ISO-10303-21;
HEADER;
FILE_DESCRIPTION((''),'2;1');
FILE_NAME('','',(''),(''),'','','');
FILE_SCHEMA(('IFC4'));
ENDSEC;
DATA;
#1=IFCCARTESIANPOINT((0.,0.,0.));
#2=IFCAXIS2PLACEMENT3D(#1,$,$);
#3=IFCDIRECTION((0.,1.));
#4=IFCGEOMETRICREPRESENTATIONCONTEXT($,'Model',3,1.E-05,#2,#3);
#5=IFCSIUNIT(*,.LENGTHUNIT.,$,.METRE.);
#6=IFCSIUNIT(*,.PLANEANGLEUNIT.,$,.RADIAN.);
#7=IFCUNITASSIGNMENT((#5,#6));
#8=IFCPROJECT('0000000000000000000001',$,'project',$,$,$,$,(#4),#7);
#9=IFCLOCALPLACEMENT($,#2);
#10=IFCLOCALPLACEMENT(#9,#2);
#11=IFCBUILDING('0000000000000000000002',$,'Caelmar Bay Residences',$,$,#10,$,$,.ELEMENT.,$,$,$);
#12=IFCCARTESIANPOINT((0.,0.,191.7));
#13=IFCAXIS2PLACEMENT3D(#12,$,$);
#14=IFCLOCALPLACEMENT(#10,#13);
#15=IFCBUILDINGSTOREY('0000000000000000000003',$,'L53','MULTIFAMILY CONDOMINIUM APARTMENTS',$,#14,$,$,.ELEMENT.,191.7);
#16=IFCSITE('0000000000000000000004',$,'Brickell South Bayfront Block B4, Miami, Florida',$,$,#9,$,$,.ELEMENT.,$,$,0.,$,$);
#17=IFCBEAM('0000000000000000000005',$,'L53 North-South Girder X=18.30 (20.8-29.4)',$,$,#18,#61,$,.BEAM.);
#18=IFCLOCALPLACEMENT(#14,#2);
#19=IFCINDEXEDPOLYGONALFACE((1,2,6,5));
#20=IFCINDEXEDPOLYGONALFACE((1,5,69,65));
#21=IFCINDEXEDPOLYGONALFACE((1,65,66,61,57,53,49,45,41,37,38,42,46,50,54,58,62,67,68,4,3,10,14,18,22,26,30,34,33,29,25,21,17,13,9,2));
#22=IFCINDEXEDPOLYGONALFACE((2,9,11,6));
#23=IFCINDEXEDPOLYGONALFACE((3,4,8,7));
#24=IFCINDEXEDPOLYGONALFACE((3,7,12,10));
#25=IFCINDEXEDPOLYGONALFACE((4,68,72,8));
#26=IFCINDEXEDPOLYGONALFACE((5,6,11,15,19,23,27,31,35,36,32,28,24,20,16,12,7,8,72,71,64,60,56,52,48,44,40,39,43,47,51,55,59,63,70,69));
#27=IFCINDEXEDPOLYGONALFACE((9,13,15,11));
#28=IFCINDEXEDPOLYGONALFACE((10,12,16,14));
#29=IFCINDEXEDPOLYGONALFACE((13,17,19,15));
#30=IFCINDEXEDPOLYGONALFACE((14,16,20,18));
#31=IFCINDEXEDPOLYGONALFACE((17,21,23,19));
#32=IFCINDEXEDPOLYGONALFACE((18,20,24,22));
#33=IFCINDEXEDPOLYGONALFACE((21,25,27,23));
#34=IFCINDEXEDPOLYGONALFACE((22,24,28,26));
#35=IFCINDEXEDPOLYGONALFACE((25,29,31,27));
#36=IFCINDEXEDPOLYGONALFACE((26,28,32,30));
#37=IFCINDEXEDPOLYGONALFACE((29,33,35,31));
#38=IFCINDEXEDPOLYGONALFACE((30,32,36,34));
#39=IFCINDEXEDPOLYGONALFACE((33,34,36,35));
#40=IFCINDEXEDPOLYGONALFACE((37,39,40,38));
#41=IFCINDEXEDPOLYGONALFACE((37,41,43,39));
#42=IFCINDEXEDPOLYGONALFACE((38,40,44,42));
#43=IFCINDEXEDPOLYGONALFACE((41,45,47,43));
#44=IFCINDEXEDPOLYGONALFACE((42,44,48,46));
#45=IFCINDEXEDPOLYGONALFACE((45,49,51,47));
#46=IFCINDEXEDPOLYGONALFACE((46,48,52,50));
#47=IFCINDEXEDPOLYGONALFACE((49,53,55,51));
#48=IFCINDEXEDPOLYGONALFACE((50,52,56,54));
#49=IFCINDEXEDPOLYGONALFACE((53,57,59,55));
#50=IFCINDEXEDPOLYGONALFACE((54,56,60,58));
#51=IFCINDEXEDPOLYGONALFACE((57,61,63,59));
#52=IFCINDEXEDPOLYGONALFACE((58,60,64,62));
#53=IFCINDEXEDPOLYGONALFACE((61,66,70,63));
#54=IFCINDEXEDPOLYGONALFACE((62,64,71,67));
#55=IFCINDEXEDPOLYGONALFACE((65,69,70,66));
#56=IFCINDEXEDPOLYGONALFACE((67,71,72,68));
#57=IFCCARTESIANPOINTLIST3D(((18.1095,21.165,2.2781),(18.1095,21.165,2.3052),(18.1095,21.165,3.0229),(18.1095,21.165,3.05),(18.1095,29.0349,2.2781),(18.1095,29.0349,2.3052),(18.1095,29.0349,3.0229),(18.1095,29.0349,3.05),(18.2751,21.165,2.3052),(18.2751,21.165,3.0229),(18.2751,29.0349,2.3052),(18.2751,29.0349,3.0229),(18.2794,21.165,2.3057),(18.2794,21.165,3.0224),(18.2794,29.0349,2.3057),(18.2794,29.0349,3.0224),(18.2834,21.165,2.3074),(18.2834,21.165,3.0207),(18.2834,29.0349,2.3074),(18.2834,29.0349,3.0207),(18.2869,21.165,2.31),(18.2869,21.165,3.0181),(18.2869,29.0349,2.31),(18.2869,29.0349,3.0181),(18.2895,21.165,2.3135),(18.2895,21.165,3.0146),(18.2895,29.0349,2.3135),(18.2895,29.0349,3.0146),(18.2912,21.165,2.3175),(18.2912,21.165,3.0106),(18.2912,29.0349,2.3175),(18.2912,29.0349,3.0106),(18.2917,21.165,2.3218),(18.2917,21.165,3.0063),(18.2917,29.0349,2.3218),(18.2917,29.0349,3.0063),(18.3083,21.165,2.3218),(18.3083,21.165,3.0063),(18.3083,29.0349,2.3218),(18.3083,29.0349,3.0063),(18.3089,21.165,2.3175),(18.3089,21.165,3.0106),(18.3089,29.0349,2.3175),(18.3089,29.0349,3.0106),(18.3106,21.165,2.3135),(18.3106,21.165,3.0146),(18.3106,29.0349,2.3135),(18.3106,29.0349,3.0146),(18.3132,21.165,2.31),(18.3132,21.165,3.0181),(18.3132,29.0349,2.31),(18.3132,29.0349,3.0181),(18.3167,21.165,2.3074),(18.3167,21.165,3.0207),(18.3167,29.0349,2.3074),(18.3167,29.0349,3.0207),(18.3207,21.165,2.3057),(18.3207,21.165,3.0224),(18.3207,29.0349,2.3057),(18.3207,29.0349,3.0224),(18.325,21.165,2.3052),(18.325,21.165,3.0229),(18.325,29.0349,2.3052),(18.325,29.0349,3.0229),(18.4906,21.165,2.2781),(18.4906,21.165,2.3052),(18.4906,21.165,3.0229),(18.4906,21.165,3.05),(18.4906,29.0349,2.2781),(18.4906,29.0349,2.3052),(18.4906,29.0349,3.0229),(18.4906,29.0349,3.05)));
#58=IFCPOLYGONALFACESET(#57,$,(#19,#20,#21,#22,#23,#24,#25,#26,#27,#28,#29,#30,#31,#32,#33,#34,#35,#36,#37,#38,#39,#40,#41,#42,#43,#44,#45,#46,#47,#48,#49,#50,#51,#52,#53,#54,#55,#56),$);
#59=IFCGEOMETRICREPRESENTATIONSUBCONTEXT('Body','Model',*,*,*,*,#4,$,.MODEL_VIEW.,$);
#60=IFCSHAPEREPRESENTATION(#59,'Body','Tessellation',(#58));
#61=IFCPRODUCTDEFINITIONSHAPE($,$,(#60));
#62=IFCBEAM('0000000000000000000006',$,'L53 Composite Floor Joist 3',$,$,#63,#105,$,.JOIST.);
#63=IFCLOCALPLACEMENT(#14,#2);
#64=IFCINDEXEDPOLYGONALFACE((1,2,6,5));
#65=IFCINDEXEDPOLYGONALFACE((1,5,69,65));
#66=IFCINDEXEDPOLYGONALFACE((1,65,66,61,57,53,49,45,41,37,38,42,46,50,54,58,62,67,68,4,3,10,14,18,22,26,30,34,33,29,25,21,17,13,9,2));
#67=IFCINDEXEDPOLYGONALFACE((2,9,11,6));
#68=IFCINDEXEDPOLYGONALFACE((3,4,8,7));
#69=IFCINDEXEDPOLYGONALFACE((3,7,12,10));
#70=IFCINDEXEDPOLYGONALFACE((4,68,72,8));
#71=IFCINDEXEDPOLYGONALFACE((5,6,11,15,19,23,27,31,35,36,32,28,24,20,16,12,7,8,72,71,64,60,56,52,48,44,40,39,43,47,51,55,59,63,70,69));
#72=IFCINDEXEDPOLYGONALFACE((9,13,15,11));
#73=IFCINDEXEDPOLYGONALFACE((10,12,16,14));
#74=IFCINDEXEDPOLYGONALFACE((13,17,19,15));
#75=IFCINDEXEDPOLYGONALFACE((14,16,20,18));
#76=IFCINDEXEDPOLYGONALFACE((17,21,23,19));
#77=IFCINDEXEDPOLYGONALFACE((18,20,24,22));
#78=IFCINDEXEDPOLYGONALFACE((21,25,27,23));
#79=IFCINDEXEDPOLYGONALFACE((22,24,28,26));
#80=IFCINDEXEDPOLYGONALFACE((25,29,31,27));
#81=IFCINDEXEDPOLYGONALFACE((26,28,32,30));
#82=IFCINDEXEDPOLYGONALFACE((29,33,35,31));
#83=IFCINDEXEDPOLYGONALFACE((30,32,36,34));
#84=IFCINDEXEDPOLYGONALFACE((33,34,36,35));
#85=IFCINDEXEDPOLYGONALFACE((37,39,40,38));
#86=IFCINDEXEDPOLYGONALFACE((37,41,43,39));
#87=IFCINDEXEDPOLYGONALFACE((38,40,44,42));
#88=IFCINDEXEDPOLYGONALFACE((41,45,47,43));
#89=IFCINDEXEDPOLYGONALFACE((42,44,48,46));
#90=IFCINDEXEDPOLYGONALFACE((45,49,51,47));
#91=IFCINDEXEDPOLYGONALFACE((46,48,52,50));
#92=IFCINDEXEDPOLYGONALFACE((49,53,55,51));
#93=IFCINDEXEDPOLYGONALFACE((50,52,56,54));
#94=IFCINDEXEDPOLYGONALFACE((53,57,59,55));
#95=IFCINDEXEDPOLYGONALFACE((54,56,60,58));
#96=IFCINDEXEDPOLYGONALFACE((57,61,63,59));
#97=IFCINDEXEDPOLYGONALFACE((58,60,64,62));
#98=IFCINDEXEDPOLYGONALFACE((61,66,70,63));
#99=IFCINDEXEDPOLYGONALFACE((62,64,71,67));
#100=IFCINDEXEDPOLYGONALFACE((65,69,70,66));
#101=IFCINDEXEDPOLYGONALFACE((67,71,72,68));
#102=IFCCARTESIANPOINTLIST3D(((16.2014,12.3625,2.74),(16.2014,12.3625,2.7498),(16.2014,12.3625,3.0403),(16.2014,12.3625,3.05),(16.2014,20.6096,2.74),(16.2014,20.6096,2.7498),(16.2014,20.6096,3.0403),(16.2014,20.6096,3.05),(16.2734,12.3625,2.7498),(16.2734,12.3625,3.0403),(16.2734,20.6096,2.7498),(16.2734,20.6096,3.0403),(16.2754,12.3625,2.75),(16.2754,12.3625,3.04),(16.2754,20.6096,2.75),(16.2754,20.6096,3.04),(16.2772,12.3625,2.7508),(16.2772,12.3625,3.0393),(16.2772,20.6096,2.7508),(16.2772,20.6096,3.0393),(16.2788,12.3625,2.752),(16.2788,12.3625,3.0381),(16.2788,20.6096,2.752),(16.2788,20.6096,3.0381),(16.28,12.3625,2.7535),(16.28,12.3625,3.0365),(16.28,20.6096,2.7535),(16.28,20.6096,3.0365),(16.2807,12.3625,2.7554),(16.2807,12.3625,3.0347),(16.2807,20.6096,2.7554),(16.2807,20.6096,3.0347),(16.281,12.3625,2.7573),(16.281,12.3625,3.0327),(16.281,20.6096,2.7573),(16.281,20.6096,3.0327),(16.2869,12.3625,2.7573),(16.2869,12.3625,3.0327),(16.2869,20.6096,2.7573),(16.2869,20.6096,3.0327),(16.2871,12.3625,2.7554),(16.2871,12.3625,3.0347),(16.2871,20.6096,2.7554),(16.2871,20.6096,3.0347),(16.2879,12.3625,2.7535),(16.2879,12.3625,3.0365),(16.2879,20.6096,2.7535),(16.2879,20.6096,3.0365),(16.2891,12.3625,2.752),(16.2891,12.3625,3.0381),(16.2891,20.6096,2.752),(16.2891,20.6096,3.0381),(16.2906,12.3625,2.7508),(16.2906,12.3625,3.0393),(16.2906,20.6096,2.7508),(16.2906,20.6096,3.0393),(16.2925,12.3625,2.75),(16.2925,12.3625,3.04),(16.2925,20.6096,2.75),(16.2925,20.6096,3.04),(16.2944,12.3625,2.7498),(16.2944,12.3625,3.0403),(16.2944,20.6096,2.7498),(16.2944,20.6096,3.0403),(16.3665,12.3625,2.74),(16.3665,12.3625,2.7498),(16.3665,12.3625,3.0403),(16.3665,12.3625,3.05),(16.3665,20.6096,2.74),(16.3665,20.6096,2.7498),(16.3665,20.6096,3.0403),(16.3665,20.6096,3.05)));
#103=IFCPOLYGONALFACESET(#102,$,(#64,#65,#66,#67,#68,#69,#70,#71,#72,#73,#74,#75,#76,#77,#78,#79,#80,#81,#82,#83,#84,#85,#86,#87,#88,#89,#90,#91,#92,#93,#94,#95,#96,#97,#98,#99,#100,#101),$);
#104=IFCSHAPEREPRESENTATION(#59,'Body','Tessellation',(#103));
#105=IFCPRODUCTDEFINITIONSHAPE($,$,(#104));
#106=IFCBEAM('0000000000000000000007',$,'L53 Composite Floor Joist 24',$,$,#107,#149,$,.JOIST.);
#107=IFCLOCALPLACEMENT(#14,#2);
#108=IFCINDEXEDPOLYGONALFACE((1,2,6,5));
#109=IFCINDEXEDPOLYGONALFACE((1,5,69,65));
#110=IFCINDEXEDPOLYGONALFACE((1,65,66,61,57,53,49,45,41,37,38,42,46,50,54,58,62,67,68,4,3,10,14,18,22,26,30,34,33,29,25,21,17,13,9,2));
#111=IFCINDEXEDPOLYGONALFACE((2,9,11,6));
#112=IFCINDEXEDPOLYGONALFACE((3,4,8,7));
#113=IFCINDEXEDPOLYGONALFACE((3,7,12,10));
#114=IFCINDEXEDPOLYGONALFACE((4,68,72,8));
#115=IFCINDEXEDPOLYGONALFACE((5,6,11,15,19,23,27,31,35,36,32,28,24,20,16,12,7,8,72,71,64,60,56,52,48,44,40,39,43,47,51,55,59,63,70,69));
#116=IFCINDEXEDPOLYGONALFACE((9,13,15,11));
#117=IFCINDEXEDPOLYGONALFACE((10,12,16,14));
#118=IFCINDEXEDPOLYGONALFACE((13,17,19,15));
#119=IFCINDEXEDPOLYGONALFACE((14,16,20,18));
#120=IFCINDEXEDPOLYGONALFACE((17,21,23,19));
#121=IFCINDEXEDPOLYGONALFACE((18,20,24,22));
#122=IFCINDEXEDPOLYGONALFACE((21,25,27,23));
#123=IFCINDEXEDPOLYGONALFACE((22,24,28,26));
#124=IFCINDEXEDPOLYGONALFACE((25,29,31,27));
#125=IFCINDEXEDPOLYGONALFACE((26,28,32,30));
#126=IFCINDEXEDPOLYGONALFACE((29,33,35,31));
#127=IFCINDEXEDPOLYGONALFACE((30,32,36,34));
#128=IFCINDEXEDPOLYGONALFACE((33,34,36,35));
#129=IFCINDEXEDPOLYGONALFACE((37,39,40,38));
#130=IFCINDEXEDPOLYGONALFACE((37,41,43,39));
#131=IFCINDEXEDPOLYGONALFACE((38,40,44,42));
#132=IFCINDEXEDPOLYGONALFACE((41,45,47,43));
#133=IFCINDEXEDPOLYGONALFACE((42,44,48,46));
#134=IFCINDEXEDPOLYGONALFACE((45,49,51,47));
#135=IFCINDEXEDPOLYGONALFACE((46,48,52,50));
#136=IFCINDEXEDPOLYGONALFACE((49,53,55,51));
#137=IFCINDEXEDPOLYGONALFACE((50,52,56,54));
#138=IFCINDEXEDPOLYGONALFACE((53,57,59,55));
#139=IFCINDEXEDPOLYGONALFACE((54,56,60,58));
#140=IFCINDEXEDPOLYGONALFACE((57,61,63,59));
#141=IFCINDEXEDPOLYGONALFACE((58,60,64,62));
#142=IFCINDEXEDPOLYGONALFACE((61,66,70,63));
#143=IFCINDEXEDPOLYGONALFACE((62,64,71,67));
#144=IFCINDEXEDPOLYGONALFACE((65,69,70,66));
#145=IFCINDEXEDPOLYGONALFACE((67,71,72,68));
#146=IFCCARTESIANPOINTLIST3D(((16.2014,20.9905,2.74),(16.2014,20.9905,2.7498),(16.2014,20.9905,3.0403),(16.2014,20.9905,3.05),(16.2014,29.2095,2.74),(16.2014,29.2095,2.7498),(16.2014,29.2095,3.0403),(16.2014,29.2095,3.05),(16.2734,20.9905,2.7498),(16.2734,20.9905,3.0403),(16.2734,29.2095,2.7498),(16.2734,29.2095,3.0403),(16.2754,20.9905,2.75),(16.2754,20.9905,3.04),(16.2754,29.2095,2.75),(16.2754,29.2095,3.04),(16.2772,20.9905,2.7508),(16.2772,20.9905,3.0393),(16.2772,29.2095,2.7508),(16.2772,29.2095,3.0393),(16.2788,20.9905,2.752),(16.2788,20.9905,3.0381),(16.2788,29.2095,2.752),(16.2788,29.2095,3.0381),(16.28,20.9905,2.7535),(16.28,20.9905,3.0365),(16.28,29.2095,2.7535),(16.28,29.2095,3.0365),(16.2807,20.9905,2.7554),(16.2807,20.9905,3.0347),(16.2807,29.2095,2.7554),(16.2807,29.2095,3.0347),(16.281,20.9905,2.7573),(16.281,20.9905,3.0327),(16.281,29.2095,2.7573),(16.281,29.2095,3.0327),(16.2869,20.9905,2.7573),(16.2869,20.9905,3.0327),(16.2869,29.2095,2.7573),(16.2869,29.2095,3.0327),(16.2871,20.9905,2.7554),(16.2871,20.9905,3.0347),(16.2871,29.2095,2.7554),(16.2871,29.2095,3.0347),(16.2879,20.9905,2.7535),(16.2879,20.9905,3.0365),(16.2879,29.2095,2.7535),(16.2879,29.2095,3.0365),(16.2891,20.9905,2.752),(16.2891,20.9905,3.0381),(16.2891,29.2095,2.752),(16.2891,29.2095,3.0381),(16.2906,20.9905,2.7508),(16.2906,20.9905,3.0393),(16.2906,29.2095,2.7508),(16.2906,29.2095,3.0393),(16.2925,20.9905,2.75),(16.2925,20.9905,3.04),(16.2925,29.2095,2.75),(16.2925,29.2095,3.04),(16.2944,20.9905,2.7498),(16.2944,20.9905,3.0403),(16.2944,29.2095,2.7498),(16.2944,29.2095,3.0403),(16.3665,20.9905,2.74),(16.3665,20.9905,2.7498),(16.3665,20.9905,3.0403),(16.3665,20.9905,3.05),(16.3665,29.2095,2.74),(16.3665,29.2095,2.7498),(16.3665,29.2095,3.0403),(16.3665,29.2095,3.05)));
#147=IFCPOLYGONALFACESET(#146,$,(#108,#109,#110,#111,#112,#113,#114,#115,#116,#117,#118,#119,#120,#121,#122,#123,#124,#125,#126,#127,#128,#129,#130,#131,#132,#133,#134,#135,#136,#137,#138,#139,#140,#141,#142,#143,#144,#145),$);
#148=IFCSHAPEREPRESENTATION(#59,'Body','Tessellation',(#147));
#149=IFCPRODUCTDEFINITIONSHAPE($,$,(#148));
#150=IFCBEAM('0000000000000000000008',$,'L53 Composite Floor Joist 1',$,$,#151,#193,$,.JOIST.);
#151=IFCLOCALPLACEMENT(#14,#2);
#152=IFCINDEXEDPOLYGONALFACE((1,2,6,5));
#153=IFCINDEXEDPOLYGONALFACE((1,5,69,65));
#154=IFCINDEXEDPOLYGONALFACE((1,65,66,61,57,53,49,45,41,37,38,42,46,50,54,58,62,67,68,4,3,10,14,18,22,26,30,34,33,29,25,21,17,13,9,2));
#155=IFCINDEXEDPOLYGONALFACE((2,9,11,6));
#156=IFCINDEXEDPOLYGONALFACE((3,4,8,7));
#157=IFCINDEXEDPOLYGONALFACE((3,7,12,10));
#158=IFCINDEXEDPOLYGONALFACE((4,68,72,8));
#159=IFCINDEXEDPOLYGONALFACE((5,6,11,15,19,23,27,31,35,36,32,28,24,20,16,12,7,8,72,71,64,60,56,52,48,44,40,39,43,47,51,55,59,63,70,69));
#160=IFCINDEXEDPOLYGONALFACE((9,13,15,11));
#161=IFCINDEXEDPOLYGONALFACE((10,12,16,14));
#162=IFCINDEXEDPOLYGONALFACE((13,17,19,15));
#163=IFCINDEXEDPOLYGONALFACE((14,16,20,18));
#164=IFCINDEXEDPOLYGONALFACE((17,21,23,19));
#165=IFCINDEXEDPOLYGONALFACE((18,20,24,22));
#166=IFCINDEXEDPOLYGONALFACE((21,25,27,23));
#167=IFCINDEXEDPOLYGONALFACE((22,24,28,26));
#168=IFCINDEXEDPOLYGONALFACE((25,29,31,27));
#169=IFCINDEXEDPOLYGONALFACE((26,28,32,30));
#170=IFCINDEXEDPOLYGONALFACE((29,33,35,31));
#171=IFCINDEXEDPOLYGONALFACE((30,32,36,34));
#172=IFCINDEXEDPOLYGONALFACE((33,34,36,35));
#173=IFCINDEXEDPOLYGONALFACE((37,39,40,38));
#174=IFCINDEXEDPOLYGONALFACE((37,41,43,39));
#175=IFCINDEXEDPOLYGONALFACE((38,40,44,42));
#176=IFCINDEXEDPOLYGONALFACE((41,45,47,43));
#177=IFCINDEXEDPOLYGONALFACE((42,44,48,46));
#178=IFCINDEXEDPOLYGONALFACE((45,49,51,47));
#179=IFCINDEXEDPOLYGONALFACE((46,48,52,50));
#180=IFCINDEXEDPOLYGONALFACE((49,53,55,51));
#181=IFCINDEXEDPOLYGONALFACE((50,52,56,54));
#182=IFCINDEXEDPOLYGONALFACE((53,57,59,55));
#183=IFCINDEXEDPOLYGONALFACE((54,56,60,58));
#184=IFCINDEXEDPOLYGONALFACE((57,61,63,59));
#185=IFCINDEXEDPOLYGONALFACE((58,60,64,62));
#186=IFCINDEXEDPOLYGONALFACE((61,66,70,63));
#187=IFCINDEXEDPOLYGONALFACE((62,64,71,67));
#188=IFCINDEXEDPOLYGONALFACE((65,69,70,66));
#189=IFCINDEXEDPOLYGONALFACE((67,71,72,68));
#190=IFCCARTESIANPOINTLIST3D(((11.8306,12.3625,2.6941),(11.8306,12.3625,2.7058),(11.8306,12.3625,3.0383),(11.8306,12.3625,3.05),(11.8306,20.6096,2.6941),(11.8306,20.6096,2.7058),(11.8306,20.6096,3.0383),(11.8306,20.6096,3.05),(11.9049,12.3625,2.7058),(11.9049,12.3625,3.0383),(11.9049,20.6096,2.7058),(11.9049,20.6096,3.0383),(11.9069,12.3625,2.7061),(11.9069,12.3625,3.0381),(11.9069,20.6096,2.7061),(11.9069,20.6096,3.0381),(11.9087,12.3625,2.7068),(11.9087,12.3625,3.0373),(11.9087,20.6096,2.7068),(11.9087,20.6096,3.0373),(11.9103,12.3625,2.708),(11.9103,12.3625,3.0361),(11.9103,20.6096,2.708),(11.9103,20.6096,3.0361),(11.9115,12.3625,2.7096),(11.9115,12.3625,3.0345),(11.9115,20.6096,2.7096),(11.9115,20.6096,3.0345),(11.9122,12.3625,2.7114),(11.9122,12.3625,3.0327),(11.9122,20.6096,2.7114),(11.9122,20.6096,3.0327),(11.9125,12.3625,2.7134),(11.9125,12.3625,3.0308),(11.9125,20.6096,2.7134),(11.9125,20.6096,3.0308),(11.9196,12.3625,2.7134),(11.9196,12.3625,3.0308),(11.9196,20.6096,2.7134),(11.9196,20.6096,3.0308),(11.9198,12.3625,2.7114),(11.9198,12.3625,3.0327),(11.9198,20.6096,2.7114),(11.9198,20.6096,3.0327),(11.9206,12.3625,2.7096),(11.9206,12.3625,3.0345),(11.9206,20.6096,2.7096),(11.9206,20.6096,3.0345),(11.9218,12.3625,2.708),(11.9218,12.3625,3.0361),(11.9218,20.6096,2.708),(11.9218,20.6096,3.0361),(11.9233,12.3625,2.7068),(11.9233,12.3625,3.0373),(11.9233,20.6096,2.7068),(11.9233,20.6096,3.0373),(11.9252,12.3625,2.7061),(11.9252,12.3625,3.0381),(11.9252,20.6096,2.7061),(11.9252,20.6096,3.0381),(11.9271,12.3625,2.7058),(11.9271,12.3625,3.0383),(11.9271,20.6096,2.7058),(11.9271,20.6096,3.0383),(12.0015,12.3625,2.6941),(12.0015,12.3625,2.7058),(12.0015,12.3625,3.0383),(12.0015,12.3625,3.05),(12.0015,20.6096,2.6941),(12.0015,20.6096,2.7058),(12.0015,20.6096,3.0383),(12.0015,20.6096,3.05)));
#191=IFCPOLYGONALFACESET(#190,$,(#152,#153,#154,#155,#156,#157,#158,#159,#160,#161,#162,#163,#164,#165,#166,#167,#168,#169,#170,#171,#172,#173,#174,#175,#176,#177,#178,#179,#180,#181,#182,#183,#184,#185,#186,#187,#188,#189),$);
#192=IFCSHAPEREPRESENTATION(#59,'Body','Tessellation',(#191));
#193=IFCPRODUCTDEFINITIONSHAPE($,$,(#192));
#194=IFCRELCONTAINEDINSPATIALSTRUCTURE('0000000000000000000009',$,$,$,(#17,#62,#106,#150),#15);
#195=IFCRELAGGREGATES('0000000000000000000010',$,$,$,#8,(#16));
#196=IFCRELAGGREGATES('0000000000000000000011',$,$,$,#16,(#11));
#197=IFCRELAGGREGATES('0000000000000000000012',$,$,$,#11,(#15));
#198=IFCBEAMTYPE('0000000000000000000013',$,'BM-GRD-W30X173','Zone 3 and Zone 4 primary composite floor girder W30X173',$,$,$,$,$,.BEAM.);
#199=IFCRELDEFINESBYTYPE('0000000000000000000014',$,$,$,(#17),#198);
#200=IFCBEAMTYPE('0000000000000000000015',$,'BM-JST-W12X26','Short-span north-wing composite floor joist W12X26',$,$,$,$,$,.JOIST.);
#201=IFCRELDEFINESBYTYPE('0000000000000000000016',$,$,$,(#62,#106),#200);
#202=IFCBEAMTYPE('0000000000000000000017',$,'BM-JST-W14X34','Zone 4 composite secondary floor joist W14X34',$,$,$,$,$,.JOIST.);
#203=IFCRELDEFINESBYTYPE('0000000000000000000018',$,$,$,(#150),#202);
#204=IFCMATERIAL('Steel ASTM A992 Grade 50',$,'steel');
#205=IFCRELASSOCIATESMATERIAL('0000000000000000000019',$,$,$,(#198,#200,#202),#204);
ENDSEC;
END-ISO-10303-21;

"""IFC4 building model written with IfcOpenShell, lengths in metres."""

from ifc_helpers import new_model, si_unit, direction, frame, origin, origin_2d, place, context, subcontext, project, spatial, i_section, extrude, material, material_profile, profile_set, type_object, element, save


model = new_model("IFC4")

# Units and contexts
model_context = context("Model", 3, precision=1e-05, world=origin(), true_north=direction((0.0, 1.0)))
body_context = subcontext(model_context, "Body", "Model", "MODEL_VIEW")
ifc_project = project(units=[si_unit("LENGTHUNIT", "METRE"), si_unit("PLANEANGLEUNIT", "RADIAN")], contexts=[model_context])

# Site, building, storey
site_placement = place(None, origin())
site = spatial("IfcSite", under=ifc_project, at=site_placement, Name="Brickell South Bayfront Block B4, Miami, Florida", CompositionType="ELEMENT", RefElevation=0.0)
building_placement = place(site_placement, origin())
building = spatial("IfcBuilding", under=site, at=building_placement, Name="Caelmar Bay Residences", CompositionType="ELEMENT")
storey_placement = place(building_placement, frame((0.0, 0.0, 191.7)))
storey = spatial("IfcBuildingStorey", under=building, at=storey_placement, Name="L53", Description="MULTIFAMILY CONDOMINIUM APARTMENTS", CompositionType="ELEMENT", Elevation=191.7)

# Beams
ifc_material_1 = material(Name="Steel ASTM A992 Grade 50", Category="steel")
ifc_material_profile_1 = material_profile(ifc_material_1, i_section(OverallWidth=0.3811, OverallDepth=0.772, WebThickness=0.0166, FlangeThickness=0.0271, FilletRadius=0.0166, at=origin_2d()), Name="W30X173")
ifc_profile_set_1 = profile_set([ifc_material_profile_1], Name="Steel ASTM A992 Grade 50")
beam_type_1 = type_object("IfcBeamType", Name="BM-GRD-W30X173", Description="Zone 3 and Zone 4 primary composite floor girder W30X173", PredefinedType="BEAM", material=ifc_profile_set_1)
beam_1_placement = place(storey_placement, frame((18.3, 21.165, 2.6641), z_axis=(0.0, 1.0, 0.0), x_axis=(-1.0, 0.0, 0.0)))
element("IfcBeam", 1, at=beam_1_placement, inside=storey, type_object=beam_type_1, Name="L53 North-South Girder X=18.30 (20.8-29.4)", PredefinedType="BEAM", context=body_context, shape_type="SweptSolid", body=[
    extrude(i_section(OverallWidth=0.3811, OverallDepth=0.772, WebThickness=0.0166, FlangeThickness=0.0271, FilletRadius=0.0166, at=origin_2d()), origin(), (0.0, 0.0, 1.0), 7.8699),
])
ifc_material_profile_2 = material_profile(ifc_material_1, i_section(OverallWidth=0.165, OverallDepth=0.3101, WebThickness=0.0059, FlangeThickness=0.0098, FilletRadius=0.0076, at=origin_2d()), Name="W12X26")
ifc_profile_set_2 = profile_set([ifc_material_profile_2], Name="Steel ASTM A992 Grade 50")
beam_type_2 = type_object("IfcBeamType", Name="BM-JST-W12X26", Description="Short-span north-wing composite floor joist W12X26", PredefinedType="JOIST", material=ifc_profile_set_2)
beam_2_placement = place(storey_placement, frame((16.2839, 12.3625, 2.895), z_axis=(0.0, 1.0, 0.0), x_axis=(-1.0, 0.0, 0.0)))
element("IfcBeam", 2, at=beam_2_placement, inside=storey, type_object=beam_type_2, Name="L53 Composite Floor Joist 3", PredefinedType="JOIST", context=body_context, shape_type="SweptSolid", body=[
    extrude(i_section(OverallWidth=0.165, OverallDepth=0.3101, WebThickness=0.0059, FlangeThickness=0.0098, FilletRadius=0.0076, at=origin_2d()), origin(), (0.0, 0.0, 1.0), 8.2471),
])
beam_3_placement = place(storey_placement, frame((16.2839, 20.9905, 2.895), z_axis=(0.0, 1.0, 0.0), x_axis=(-1.0, 0.0, 0.0)))
element("IfcBeam", 3, at=beam_3_placement, inside=storey, type_object=beam_type_2, Name="L53 Composite Floor Joist 24", PredefinedType="JOIST", context=body_context, shape_type="SweptSolid", body=[
    extrude(i_section(OverallWidth=0.165, OverallDepth=0.3101, WebThickness=0.0059, FlangeThickness=0.0098, FilletRadius=0.0076, at=origin_2d()), origin(), (0.0, 0.0, 1.0), 8.219),
])
ifc_material_profile_3 = material_profile(ifc_material_1, i_section(OverallWidth=0.1709, OverallDepth=0.356, WebThickness=0.0071, FlangeThickness=0.0117, FilletRadius=0.0076, at=origin_2d()), Name="W14X34")
ifc_profile_set_3 = profile_set([ifc_material_profile_3], Name="Steel ASTM A992 Grade 50")
beam_type_3 = type_object("IfcBeamType", Name="BM-JST-W14X34", Description="Zone 4 composite secondary floor joist W14X34", PredefinedType="JOIST", material=ifc_profile_set_3)
for number, where, z_axis, x_axis, name in (
    (4, (11.916, 12.3625, 2.8721), (0.0, 1.0, 0.0), (-1.0, 0.0, 0.0), "L53 Composite Floor Joist 1"),
):
    element("IfcBeam", number, at=place(storey_placement, frame(where, z_axis=z_axis, x_axis=x_axis)), inside=storey, type_object=beam_type_3, Name=name, PredefinedType="JOIST", context=body_context, shape_type="SweptSolid", body=[
        extrude(i_section(OverallWidth=0.1709, OverallDepth=0.356, WebThickness=0.0071, FlangeThickness=0.0117, FilletRadius=0.0076, at=origin_2d()), origin(), (0.0, 0.0, 1.0), 8.2471),
    ])

save(model, "model.ifc")
